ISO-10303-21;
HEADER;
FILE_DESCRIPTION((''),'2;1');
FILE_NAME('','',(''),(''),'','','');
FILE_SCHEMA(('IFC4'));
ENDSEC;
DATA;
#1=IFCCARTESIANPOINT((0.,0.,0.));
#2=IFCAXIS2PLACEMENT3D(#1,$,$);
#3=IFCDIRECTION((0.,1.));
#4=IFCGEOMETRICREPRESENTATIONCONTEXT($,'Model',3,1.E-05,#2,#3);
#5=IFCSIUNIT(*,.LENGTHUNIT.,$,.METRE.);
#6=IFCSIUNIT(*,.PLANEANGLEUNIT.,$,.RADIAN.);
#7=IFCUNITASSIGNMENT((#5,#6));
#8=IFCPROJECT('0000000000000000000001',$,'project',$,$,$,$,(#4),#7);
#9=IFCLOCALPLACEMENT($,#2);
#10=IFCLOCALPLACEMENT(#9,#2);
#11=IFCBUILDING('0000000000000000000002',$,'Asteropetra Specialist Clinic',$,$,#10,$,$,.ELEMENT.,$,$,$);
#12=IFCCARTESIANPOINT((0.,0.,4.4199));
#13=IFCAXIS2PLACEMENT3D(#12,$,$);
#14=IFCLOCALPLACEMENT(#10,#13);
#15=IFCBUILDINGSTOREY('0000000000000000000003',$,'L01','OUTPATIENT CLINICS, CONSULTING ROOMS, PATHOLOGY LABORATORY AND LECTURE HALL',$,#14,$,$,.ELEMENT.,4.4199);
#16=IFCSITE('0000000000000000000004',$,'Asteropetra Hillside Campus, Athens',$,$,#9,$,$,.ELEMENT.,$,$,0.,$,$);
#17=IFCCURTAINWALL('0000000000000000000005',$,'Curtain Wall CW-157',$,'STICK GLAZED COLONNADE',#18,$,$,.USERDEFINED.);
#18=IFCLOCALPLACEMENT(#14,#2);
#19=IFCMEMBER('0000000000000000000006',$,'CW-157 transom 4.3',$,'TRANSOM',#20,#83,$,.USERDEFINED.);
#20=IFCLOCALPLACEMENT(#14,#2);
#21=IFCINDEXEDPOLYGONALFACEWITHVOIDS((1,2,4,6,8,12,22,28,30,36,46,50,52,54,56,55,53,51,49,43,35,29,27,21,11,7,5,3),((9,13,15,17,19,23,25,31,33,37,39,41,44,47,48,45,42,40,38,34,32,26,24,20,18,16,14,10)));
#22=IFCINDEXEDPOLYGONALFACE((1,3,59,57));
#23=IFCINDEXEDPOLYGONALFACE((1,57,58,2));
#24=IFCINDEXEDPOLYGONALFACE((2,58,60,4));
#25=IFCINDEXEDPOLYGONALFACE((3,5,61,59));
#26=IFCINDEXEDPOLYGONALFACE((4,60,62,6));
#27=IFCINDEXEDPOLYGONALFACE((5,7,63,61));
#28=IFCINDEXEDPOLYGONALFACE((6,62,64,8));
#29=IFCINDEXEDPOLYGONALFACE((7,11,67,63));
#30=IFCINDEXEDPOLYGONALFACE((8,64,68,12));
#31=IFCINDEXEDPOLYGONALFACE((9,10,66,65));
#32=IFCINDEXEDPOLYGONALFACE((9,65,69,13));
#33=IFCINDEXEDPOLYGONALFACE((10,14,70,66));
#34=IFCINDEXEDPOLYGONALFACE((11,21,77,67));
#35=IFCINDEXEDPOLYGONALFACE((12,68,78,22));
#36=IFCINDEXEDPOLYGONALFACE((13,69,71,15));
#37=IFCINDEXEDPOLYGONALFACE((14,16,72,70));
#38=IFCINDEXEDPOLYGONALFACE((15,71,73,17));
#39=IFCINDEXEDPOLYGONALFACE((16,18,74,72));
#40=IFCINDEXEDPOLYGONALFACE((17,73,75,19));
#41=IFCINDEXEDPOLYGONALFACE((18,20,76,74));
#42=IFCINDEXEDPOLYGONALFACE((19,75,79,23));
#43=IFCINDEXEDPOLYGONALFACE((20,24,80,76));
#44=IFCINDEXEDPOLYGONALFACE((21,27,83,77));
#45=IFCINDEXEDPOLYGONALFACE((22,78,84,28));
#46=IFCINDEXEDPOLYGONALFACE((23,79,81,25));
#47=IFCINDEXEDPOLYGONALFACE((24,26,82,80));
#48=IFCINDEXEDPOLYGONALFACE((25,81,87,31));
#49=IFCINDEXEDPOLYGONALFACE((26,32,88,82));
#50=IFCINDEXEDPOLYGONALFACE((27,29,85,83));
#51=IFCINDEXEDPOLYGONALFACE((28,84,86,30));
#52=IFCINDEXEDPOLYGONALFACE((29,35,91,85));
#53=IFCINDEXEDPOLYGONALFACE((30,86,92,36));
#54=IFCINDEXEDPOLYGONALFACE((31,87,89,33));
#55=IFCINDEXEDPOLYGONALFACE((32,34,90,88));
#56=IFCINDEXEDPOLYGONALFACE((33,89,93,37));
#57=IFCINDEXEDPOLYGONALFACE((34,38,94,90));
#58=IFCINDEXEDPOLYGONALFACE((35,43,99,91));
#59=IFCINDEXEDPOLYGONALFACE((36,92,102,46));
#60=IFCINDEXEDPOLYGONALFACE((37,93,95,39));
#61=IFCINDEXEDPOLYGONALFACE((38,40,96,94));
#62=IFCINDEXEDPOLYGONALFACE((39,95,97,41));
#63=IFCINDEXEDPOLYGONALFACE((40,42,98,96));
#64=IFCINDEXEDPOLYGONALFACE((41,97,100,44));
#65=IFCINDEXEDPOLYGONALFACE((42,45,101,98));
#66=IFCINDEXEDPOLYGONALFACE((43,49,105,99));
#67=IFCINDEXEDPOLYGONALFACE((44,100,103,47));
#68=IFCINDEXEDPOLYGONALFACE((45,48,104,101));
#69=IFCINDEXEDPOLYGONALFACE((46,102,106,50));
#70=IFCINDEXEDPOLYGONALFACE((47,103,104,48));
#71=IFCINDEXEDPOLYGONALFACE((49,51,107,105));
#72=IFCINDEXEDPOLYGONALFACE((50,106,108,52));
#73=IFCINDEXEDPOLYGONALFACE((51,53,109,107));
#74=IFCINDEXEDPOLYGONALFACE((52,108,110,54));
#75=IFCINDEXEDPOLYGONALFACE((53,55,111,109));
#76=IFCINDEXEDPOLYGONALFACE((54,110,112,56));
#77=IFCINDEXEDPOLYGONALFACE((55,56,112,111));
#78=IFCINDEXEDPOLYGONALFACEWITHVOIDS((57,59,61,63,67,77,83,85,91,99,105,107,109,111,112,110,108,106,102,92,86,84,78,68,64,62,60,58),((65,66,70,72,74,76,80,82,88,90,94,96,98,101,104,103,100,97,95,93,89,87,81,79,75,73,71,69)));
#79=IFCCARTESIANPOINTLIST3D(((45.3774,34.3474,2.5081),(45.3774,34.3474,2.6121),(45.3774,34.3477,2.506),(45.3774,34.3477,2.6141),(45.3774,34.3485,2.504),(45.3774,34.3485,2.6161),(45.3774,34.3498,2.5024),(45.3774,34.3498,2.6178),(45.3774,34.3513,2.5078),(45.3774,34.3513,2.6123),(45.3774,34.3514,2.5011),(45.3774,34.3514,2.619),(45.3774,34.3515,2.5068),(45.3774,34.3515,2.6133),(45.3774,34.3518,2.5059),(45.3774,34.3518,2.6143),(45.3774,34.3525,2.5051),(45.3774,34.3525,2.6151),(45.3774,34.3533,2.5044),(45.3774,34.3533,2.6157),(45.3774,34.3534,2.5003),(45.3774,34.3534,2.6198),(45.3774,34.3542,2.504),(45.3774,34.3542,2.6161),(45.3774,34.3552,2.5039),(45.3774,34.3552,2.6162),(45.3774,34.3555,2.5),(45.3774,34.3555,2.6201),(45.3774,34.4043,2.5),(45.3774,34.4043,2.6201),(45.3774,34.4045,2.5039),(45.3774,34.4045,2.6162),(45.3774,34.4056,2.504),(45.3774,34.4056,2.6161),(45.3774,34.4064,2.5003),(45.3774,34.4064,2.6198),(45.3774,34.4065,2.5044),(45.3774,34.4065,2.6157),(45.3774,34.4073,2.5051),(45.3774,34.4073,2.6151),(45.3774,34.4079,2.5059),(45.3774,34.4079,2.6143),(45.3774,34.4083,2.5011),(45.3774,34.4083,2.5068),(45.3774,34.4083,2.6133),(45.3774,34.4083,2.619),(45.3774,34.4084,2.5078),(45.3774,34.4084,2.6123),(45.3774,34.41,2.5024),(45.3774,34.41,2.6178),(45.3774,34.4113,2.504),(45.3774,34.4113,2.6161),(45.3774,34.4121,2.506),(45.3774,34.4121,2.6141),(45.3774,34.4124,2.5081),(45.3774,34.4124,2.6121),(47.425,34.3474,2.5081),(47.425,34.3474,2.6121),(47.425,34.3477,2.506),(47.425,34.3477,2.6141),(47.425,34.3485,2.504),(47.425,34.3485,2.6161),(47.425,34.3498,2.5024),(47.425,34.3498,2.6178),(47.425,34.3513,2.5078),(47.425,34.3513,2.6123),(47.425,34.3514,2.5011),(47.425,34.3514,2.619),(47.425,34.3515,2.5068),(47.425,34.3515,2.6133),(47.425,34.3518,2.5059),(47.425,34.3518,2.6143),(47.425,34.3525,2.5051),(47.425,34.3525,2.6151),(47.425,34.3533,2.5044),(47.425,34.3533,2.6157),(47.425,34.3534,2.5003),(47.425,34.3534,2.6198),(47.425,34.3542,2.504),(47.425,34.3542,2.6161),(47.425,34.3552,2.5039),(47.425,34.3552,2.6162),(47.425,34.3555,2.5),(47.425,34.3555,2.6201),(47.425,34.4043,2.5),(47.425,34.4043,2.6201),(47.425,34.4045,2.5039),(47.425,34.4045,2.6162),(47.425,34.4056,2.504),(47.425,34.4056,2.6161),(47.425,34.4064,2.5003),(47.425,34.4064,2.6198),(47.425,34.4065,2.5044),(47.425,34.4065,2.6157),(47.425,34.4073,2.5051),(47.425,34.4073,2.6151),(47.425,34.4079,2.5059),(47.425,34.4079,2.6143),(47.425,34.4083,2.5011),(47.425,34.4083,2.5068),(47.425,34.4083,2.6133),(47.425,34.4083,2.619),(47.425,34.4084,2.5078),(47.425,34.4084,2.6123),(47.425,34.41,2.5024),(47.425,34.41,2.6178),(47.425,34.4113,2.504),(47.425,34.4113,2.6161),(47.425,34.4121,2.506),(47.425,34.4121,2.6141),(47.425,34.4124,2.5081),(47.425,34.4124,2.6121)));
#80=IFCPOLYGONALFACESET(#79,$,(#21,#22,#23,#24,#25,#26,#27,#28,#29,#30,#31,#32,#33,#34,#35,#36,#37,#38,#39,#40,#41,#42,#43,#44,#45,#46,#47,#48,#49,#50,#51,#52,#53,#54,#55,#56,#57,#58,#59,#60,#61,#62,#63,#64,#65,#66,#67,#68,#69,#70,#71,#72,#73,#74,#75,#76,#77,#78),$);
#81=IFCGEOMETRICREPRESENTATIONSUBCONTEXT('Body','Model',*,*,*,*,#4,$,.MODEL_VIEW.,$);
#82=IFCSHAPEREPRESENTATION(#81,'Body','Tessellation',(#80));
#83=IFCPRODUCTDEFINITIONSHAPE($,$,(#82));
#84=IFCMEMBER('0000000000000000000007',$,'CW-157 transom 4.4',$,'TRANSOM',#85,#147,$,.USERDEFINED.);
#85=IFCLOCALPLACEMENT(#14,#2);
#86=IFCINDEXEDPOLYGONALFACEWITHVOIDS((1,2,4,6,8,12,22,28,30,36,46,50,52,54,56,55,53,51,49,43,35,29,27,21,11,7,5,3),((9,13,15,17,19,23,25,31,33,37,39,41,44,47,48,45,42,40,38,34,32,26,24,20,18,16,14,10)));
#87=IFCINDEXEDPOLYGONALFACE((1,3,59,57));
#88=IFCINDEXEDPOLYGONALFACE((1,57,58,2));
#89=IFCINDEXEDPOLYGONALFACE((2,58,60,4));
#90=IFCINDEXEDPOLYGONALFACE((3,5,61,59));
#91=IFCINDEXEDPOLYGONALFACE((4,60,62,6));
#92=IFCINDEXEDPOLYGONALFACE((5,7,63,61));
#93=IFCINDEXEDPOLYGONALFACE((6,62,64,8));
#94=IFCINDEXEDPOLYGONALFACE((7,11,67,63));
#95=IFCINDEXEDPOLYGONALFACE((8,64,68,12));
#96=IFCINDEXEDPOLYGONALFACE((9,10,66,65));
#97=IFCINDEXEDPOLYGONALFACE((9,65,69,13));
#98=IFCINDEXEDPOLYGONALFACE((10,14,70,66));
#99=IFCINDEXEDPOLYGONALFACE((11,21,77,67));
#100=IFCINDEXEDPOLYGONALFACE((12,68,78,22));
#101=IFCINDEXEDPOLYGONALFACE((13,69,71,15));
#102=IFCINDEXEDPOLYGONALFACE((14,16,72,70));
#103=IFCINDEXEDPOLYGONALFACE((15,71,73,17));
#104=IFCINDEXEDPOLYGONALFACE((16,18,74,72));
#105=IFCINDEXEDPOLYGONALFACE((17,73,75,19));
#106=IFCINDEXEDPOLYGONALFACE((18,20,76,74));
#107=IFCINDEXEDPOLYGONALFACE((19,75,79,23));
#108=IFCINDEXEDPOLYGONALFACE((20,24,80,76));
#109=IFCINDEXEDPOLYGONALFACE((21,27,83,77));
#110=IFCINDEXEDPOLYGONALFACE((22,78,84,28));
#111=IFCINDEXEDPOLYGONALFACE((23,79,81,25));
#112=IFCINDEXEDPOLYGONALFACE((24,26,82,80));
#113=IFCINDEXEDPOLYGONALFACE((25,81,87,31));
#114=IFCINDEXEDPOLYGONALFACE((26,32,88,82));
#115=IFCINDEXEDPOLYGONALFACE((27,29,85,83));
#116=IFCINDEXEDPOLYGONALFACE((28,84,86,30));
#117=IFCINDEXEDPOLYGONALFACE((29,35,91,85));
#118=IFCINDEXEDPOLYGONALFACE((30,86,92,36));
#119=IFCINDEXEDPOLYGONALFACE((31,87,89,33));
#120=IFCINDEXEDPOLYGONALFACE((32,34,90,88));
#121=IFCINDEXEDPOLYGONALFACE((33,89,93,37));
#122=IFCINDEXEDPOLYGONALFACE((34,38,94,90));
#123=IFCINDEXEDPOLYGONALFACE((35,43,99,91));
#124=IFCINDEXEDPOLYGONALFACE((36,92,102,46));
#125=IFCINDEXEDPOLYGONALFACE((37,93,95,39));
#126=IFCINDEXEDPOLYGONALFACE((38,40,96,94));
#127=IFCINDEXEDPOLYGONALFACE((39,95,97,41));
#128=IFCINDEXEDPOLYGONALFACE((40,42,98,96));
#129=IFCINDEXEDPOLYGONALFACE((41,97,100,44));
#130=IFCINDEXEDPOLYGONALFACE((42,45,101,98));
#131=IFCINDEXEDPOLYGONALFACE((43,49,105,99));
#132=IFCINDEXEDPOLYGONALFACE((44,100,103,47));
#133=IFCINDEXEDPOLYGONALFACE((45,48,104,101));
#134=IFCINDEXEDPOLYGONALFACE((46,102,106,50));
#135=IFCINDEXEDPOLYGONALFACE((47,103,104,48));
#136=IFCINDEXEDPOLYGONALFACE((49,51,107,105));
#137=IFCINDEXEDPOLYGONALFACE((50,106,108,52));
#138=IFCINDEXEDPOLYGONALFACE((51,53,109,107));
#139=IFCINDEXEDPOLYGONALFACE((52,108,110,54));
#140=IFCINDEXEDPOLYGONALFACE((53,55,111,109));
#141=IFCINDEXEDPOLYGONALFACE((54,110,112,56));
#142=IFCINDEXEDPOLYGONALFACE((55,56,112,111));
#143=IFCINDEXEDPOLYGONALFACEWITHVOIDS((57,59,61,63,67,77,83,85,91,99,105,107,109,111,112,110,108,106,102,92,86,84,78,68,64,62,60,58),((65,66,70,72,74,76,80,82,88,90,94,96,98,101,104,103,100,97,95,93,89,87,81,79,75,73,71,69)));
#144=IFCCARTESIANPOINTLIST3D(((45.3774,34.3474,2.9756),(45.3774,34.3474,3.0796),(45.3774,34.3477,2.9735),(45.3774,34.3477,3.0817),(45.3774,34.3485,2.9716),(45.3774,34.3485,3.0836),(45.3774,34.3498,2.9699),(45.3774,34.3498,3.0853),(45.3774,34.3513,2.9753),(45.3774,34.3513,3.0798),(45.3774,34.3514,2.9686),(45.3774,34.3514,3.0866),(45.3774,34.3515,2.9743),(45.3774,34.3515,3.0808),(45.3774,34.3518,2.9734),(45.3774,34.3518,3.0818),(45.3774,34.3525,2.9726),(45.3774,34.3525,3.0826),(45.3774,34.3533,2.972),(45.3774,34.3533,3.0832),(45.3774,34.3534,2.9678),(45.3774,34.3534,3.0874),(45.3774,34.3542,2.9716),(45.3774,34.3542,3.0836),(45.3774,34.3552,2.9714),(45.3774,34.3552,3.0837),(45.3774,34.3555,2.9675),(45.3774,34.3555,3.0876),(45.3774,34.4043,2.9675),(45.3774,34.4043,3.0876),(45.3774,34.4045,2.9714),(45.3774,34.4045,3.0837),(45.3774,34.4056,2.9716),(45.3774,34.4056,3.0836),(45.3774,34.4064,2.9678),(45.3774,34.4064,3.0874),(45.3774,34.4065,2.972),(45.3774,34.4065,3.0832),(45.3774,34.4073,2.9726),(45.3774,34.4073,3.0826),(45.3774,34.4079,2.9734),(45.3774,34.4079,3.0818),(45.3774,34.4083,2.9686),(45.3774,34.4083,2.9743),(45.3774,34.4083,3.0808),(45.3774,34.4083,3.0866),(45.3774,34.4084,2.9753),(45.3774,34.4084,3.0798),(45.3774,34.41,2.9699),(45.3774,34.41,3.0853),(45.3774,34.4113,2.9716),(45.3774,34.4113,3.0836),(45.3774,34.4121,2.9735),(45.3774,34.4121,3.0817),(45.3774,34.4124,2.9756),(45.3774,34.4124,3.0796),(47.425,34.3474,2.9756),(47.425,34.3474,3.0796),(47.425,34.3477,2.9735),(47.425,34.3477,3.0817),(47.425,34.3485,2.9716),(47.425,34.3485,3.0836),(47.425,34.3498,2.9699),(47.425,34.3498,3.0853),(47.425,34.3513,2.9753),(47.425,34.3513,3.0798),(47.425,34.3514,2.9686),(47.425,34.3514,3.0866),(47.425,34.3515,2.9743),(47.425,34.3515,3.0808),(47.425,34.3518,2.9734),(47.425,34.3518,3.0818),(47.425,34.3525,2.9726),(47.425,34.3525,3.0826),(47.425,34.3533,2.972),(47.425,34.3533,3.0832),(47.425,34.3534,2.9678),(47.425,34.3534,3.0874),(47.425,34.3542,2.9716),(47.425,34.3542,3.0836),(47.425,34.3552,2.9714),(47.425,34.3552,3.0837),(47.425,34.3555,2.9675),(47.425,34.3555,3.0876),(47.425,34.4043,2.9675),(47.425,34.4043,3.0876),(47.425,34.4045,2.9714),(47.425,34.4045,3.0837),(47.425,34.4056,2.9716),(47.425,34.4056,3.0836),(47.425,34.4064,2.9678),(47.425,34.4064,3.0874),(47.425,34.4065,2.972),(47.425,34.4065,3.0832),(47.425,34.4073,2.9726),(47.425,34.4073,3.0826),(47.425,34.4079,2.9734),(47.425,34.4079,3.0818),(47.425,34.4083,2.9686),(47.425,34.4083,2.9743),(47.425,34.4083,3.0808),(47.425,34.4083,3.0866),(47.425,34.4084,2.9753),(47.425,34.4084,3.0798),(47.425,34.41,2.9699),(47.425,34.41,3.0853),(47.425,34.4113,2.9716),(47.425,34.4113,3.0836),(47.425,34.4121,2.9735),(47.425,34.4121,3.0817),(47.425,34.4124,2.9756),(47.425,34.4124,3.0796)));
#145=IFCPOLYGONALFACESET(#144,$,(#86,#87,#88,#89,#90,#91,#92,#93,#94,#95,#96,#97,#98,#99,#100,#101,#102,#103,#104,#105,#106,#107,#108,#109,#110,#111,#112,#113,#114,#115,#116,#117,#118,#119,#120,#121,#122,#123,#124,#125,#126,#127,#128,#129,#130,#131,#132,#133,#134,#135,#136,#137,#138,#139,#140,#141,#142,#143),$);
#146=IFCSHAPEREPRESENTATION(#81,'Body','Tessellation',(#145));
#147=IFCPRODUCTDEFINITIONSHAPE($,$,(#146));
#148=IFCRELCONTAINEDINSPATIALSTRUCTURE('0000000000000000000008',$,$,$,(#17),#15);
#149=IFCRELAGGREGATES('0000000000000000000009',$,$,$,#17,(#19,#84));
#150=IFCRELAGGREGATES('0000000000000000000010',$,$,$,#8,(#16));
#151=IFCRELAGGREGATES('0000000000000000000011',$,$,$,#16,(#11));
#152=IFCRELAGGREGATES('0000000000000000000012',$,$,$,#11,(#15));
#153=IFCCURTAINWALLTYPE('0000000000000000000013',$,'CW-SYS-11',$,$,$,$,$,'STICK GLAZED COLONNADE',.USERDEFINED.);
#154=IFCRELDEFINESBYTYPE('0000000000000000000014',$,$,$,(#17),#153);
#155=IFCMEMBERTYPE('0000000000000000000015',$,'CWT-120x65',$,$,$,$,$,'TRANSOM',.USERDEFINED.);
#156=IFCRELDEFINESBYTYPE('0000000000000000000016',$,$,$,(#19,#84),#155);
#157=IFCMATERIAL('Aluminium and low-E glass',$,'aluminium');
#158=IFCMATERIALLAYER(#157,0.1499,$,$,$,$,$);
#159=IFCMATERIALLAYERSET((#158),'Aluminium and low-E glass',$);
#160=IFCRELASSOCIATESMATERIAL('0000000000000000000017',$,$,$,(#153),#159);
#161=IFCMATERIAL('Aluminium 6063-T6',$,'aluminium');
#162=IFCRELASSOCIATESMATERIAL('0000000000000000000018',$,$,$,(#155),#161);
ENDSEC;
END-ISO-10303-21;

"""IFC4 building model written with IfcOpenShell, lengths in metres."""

from ifc_helpers import new_model, si_unit, direction, frame, origin, origin_2d, place, context, subcontext, project, spatial, hollow_rectangle, extrude, material, layer, layer_set, material_profile, profile_set, type_object, element, aggregate, save


model = new_model("IFC4")

# Units and contexts
model_context = context("Model", 3, precision=1e-05, world=origin(), true_north=direction((0.0, 1.0)))
body_context = subcontext(model_context, "Body", "Model", "MODEL_VIEW")
ifc_project = project(units=[si_unit("LENGTHUNIT", "METRE"), si_unit("PLANEANGLEUNIT", "RADIAN")], contexts=[model_context])

# Site, building, storey
site_placement = place(None, origin())
site = spatial("IfcSite", under=ifc_project, at=site_placement, Name="Asteropetra Hillside Campus, Athens", CompositionType="ELEMENT", RefElevation=0.0)
building_placement = place(site_placement, origin())
building = spatial("IfcBuilding", under=site, at=building_placement, Name="Asteropetra Specialist Clinic", CompositionType="ELEMENT")
storey_placement = place(building_placement, frame((0.0, 0.0, 4.4199)))
storey = spatial("IfcBuildingStorey", under=building, at=storey_placement, Name="L01", Description="OUTPATIENT CLINICS, CONSULTING ROOMS, PATHOLOGY LABORATORY AND LECTURE HALL", CompositionType="ELEMENT", Elevation=4.4199)

# Curtain wall
ifc_material_1 = material(Name="Aluminium and low-E glass", Category="aluminium")
ifc_layer_1 = layer(ifc_material_1, 0.1499)
ifc_layer_set_1 = layer_set([ifc_layer_1], Name="Aluminium and low-E glass")
curtain_wall_type = type_object("IfcCurtainWallType", Name="CW-SYS-11", ElementType="STICK GLAZED COLONNADE", PredefinedType="USERDEFINED", material=ifc_layer_set_1)
curtain_wall_1_placement = place(storey_placement, origin())
curtain_wall_1 = element("IfcCurtainWall", 1, at=curtain_wall_1_placement, inside=storey, type_object=curtain_wall_type, Name="Curtain Wall CW-157", ObjectType="STICK GLAZED COLONNADE", PredefinedType="USERDEFINED")

# Members
ifc_material_2 = material(Name="Aluminium 6063-T6", Category="aluminium")
ifc_material_profile_1 = material_profile(ifc_material_2, hollow_rectangle(XDim=0.0649, YDim=0.1201, WallThickness=0.0039, InnerFilletRadius=0.0039, OuterFilletRadius=0.0081, at=origin_2d()), Name="TRN 120x65x4.0")
ifc_profile_set_1 = profile_set([ifc_material_profile_1], Name="Aluminium 6063-T6")
member_type_1 = type_object("IfcMemberType", Name="CWT-120x65", ElementType="TRANSOM", PredefinedType="USERDEFINED", material=ifc_profile_set_1)
member_1_placement = place(storey_placement, frame((45.3774, 34.3799, 2.5601), z_axis=(1.0, 0.0, 0.0), x_axis=(0.0, 1.0, 0.0)))
member_1 = element("IfcMember", 2, at=member_1_placement, type_object=member_type_1, Name="CW-157 transom 4.3", ObjectType="TRANSOM", PredefinedType="USERDEFINED", context=body_context, shape_type="SweptSolid", body=[
    extrude(hollow_rectangle(XDim=0.0649, YDim=0.1201, WallThickness=0.0039, InnerFilletRadius=0.0039, OuterFilletRadius=0.0081, at=origin_2d()), origin(), (0.0, 0.0, 1.0), 2.0476),
])
member_2_placement = place(storey_placement, frame((45.3774, 34.3799, 3.0276), z_axis=(1.0, 0.0, 0.0), x_axis=(0.0, 1.0, 0.0)))
member_2 = element("IfcMember", 3, at=member_2_placement, type_object=member_type_1, Name="CW-157 transom 4.4", ObjectType="TRANSOM", PredefinedType="USERDEFINED", context=body_context, shape_type="SweptSolid", body=[
    extrude(hollow_rectangle(XDim=0.0649, YDim=0.1201, WallThickness=0.0039, InnerFilletRadius=0.0039, OuterFilletRadius=0.0081, at=origin_2d()), origin(), (0.0, 0.0, 1.0), 2.0476),
])

aggregate(curtain_wall_1, [member_1, member_2])

save(model, "model.ifc")
